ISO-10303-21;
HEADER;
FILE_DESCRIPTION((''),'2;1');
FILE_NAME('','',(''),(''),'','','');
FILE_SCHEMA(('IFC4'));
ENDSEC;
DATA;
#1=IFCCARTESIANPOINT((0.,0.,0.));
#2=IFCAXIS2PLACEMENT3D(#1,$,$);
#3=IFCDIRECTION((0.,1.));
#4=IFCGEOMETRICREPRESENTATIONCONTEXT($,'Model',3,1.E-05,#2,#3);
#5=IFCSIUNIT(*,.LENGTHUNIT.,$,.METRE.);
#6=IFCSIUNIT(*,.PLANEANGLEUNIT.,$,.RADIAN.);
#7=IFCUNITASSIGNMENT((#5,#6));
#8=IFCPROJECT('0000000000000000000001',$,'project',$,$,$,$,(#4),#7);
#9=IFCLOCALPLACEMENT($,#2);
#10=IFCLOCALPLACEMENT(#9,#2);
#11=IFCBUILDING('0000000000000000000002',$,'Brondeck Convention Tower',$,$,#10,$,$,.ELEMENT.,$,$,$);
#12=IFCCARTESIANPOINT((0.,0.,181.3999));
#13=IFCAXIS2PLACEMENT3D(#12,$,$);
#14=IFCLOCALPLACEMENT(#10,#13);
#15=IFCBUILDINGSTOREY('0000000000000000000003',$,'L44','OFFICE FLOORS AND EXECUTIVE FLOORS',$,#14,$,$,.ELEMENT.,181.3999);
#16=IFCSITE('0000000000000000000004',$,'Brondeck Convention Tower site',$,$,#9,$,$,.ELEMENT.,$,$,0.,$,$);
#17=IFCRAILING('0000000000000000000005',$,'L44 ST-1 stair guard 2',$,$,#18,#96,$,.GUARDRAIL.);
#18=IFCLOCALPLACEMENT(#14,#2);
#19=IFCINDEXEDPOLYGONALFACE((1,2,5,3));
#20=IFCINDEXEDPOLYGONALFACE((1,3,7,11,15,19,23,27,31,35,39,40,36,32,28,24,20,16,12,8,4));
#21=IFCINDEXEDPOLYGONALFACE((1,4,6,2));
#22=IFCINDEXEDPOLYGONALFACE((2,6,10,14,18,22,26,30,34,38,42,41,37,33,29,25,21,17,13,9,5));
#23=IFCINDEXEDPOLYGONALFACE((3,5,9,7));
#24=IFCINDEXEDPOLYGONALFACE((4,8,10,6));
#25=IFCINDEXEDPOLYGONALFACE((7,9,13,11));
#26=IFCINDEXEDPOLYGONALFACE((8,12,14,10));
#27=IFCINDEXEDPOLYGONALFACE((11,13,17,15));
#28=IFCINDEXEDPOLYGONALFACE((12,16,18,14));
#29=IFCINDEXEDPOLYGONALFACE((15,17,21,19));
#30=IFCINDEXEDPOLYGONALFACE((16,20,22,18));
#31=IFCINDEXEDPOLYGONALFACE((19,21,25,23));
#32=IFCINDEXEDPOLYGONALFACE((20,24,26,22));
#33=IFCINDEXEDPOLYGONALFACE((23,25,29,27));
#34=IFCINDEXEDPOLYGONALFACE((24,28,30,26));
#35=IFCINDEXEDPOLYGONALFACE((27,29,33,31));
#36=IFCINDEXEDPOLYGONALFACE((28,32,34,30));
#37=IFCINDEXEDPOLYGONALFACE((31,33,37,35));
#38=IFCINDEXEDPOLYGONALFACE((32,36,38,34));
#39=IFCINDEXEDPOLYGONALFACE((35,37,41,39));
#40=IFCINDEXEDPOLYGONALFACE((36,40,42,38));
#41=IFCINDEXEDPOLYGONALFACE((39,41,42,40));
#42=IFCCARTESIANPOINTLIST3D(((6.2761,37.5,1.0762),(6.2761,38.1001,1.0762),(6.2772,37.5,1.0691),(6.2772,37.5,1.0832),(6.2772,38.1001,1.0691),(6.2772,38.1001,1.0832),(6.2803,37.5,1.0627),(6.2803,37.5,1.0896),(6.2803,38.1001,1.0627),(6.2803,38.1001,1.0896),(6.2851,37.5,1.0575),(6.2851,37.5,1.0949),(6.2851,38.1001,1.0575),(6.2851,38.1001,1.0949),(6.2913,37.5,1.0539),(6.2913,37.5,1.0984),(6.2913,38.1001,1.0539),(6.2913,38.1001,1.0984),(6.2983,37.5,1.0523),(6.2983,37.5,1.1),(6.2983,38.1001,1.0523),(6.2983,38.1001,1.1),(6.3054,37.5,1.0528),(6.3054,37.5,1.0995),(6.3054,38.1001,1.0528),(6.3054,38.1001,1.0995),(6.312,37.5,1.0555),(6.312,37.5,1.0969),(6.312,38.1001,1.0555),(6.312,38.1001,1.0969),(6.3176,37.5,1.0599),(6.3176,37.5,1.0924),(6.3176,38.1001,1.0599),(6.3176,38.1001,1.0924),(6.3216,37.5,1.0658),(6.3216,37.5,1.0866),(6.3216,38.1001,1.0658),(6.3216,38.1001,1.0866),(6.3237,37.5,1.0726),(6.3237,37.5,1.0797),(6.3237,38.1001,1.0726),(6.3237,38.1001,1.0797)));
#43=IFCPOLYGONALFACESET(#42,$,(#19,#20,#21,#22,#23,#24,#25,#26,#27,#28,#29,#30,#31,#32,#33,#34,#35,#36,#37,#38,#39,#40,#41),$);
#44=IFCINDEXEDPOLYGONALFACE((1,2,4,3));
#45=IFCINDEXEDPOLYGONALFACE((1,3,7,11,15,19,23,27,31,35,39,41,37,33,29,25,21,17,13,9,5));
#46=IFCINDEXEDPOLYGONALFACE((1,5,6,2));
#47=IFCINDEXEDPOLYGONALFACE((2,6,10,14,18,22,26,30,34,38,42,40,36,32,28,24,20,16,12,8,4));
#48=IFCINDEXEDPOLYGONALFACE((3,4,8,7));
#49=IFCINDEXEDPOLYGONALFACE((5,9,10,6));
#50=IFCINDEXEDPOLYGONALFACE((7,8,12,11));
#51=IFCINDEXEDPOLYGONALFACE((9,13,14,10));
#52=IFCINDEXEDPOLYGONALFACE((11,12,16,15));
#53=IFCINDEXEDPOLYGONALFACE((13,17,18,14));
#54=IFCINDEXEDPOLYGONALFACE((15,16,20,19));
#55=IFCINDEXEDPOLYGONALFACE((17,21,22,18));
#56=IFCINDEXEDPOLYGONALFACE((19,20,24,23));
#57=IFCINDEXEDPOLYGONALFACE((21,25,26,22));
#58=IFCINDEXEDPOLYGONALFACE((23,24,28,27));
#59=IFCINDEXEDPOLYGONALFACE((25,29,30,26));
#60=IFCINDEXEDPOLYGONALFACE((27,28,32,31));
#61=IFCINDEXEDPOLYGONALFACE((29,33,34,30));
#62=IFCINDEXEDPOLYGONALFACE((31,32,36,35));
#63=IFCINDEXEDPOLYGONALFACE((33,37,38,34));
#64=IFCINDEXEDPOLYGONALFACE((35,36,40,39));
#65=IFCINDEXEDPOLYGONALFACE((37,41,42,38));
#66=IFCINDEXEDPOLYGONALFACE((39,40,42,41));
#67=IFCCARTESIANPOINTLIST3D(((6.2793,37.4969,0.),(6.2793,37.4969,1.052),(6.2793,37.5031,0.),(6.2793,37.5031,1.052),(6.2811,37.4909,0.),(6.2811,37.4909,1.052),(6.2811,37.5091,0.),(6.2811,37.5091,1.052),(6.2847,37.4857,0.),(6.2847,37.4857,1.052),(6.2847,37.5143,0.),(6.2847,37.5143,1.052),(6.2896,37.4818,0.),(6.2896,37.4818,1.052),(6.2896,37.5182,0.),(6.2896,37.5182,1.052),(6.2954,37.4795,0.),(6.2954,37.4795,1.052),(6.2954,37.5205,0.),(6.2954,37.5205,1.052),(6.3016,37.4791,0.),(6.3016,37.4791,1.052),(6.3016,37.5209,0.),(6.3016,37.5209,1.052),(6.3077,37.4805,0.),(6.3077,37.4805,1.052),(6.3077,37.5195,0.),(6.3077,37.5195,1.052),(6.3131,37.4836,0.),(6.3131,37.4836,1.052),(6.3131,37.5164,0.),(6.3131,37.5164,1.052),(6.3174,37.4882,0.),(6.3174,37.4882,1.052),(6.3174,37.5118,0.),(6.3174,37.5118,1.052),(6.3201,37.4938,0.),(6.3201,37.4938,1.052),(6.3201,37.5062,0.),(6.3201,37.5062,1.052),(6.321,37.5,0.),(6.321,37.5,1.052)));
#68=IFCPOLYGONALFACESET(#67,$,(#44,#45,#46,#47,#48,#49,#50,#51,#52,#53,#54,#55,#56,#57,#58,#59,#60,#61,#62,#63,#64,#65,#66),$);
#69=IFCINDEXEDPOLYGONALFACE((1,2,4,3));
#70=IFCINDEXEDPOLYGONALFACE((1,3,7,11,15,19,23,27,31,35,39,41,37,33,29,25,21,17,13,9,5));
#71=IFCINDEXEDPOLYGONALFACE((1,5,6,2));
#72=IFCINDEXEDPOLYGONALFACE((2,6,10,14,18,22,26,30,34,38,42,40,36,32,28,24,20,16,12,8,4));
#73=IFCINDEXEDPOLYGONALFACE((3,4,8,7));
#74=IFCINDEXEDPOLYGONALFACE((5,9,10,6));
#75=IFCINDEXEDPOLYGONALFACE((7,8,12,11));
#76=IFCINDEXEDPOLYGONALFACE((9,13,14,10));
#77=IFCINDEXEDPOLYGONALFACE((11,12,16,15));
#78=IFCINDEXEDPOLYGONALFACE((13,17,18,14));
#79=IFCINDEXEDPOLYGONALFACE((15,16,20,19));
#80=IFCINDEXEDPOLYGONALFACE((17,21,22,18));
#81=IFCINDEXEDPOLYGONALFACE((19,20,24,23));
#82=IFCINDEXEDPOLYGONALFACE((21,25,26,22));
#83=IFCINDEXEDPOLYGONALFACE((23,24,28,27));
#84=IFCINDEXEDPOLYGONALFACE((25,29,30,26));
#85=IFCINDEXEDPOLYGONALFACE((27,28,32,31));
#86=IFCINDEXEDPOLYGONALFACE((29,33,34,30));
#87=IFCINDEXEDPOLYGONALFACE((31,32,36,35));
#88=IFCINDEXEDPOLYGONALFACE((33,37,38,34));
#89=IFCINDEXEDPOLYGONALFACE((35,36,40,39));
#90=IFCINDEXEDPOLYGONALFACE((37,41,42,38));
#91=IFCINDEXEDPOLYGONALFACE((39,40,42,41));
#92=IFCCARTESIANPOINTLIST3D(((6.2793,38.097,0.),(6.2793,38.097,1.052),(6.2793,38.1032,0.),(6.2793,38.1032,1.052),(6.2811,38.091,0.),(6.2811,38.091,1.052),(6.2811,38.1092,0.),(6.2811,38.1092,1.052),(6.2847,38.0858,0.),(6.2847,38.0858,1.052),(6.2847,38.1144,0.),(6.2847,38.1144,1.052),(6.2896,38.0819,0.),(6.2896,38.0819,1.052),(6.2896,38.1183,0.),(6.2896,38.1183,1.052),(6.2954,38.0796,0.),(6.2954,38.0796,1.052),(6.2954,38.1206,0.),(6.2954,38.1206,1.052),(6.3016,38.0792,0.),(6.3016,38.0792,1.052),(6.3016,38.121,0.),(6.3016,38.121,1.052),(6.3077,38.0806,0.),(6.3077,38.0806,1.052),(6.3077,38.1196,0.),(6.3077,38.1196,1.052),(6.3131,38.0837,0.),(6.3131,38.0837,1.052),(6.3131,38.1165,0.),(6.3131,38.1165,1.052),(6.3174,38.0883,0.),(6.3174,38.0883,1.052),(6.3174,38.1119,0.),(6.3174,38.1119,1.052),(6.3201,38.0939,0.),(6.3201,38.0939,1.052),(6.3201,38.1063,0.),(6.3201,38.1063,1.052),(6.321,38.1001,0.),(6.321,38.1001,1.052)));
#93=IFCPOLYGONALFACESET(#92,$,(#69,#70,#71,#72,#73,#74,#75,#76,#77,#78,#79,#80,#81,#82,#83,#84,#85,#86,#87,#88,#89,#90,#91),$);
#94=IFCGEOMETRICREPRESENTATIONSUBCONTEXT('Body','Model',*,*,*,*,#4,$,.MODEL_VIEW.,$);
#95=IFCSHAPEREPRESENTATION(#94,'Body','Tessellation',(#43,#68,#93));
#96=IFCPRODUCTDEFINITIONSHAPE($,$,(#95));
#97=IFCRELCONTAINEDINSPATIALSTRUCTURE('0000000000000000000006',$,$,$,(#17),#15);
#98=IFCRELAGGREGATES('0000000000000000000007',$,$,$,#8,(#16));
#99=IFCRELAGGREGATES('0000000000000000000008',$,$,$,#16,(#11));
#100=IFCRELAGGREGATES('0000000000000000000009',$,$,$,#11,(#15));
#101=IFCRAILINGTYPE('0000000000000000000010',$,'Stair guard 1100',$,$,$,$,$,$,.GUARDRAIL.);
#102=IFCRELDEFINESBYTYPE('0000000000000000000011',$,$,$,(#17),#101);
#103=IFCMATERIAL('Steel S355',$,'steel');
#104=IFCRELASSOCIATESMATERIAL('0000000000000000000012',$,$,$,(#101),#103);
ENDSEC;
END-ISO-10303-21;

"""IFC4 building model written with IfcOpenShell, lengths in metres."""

from ifc_helpers import new_model, si_unit, direction, frame, origin, origin_2d, place, context, subcontext, project, spatial, circle, extrude, material, type_object, element, save


model = new_model("IFC4")

# Units and contexts
model_context = context("Model", 3, precision=1e-05, world=origin(), true_north=direction((0.0, 1.0)))
body_context = subcontext(model_context, "Body", "Model", "MODEL_VIEW")
ifc_project = project(units=[si_unit("LENGTHUNIT", "METRE"), si_unit("PLANEANGLEUNIT", "RADIAN")], contexts=[model_context])

# Site, building, storey
site_placement = place(None, origin())
site = spatial("IfcSite", under=ifc_project, at=site_placement, Name="Brondeck Convention Tower site", CompositionType="ELEMENT", RefElevation=0.0)
building_placement = place(site_placement, origin())
building = spatial("IfcBuilding", under=site, at=building_placement, Name="Brondeck Convention Tower", CompositionType="ELEMENT")
storey_placement = place(building_placement, frame((0.0, 0.0, 181.3999)))
storey = spatial("IfcBuildingStorey", under=building, at=storey_placement, Name="L44", Description="OFFICE FLOORS AND EXECUTIVE FLOORS", CompositionType="ELEMENT", Elevation=181.3999)

# Shared definitions
ifc_material_1 = material(Name="Steel S355", Category="steel")

# Railing
railing_type_1 = type_object("IfcRailingType", Name="Stair guard 1100", PredefinedType="GUARDRAIL", material=ifc_material_1)
railing_1_placement = place(storey_placement, frame((6.3, 37.5, 0.0)))
element("IfcRailing", 1, at=railing_1_placement, inside=storey, type_object=railing_type_1, Name="L44 ST-1 stair guard 2", PredefinedType="GUARDRAIL", context=body_context, shape_type="SweptSolid", body=[
    extrude(circle(Radius=0.0239, at=origin_2d()), frame((0.0, 0.0, 1.0762), z_axis=(0.0, 1.0, 0.0), x_axis=(-1.0, 0.0, 0.0)), (0.0, 0.0, 1.0), 0.6001),
    extrude(circle(Radius=0.021, at=origin_2d()), origin(), (0.0, 0.0, 1.0), 1.052),
    extrude(circle(Radius=0.021, at=origin_2d()), frame((0.0, 0.6001, 0.0)), (0.0, 0.0, 1.0), 1.052),
])

save(model, "model.ifc")
